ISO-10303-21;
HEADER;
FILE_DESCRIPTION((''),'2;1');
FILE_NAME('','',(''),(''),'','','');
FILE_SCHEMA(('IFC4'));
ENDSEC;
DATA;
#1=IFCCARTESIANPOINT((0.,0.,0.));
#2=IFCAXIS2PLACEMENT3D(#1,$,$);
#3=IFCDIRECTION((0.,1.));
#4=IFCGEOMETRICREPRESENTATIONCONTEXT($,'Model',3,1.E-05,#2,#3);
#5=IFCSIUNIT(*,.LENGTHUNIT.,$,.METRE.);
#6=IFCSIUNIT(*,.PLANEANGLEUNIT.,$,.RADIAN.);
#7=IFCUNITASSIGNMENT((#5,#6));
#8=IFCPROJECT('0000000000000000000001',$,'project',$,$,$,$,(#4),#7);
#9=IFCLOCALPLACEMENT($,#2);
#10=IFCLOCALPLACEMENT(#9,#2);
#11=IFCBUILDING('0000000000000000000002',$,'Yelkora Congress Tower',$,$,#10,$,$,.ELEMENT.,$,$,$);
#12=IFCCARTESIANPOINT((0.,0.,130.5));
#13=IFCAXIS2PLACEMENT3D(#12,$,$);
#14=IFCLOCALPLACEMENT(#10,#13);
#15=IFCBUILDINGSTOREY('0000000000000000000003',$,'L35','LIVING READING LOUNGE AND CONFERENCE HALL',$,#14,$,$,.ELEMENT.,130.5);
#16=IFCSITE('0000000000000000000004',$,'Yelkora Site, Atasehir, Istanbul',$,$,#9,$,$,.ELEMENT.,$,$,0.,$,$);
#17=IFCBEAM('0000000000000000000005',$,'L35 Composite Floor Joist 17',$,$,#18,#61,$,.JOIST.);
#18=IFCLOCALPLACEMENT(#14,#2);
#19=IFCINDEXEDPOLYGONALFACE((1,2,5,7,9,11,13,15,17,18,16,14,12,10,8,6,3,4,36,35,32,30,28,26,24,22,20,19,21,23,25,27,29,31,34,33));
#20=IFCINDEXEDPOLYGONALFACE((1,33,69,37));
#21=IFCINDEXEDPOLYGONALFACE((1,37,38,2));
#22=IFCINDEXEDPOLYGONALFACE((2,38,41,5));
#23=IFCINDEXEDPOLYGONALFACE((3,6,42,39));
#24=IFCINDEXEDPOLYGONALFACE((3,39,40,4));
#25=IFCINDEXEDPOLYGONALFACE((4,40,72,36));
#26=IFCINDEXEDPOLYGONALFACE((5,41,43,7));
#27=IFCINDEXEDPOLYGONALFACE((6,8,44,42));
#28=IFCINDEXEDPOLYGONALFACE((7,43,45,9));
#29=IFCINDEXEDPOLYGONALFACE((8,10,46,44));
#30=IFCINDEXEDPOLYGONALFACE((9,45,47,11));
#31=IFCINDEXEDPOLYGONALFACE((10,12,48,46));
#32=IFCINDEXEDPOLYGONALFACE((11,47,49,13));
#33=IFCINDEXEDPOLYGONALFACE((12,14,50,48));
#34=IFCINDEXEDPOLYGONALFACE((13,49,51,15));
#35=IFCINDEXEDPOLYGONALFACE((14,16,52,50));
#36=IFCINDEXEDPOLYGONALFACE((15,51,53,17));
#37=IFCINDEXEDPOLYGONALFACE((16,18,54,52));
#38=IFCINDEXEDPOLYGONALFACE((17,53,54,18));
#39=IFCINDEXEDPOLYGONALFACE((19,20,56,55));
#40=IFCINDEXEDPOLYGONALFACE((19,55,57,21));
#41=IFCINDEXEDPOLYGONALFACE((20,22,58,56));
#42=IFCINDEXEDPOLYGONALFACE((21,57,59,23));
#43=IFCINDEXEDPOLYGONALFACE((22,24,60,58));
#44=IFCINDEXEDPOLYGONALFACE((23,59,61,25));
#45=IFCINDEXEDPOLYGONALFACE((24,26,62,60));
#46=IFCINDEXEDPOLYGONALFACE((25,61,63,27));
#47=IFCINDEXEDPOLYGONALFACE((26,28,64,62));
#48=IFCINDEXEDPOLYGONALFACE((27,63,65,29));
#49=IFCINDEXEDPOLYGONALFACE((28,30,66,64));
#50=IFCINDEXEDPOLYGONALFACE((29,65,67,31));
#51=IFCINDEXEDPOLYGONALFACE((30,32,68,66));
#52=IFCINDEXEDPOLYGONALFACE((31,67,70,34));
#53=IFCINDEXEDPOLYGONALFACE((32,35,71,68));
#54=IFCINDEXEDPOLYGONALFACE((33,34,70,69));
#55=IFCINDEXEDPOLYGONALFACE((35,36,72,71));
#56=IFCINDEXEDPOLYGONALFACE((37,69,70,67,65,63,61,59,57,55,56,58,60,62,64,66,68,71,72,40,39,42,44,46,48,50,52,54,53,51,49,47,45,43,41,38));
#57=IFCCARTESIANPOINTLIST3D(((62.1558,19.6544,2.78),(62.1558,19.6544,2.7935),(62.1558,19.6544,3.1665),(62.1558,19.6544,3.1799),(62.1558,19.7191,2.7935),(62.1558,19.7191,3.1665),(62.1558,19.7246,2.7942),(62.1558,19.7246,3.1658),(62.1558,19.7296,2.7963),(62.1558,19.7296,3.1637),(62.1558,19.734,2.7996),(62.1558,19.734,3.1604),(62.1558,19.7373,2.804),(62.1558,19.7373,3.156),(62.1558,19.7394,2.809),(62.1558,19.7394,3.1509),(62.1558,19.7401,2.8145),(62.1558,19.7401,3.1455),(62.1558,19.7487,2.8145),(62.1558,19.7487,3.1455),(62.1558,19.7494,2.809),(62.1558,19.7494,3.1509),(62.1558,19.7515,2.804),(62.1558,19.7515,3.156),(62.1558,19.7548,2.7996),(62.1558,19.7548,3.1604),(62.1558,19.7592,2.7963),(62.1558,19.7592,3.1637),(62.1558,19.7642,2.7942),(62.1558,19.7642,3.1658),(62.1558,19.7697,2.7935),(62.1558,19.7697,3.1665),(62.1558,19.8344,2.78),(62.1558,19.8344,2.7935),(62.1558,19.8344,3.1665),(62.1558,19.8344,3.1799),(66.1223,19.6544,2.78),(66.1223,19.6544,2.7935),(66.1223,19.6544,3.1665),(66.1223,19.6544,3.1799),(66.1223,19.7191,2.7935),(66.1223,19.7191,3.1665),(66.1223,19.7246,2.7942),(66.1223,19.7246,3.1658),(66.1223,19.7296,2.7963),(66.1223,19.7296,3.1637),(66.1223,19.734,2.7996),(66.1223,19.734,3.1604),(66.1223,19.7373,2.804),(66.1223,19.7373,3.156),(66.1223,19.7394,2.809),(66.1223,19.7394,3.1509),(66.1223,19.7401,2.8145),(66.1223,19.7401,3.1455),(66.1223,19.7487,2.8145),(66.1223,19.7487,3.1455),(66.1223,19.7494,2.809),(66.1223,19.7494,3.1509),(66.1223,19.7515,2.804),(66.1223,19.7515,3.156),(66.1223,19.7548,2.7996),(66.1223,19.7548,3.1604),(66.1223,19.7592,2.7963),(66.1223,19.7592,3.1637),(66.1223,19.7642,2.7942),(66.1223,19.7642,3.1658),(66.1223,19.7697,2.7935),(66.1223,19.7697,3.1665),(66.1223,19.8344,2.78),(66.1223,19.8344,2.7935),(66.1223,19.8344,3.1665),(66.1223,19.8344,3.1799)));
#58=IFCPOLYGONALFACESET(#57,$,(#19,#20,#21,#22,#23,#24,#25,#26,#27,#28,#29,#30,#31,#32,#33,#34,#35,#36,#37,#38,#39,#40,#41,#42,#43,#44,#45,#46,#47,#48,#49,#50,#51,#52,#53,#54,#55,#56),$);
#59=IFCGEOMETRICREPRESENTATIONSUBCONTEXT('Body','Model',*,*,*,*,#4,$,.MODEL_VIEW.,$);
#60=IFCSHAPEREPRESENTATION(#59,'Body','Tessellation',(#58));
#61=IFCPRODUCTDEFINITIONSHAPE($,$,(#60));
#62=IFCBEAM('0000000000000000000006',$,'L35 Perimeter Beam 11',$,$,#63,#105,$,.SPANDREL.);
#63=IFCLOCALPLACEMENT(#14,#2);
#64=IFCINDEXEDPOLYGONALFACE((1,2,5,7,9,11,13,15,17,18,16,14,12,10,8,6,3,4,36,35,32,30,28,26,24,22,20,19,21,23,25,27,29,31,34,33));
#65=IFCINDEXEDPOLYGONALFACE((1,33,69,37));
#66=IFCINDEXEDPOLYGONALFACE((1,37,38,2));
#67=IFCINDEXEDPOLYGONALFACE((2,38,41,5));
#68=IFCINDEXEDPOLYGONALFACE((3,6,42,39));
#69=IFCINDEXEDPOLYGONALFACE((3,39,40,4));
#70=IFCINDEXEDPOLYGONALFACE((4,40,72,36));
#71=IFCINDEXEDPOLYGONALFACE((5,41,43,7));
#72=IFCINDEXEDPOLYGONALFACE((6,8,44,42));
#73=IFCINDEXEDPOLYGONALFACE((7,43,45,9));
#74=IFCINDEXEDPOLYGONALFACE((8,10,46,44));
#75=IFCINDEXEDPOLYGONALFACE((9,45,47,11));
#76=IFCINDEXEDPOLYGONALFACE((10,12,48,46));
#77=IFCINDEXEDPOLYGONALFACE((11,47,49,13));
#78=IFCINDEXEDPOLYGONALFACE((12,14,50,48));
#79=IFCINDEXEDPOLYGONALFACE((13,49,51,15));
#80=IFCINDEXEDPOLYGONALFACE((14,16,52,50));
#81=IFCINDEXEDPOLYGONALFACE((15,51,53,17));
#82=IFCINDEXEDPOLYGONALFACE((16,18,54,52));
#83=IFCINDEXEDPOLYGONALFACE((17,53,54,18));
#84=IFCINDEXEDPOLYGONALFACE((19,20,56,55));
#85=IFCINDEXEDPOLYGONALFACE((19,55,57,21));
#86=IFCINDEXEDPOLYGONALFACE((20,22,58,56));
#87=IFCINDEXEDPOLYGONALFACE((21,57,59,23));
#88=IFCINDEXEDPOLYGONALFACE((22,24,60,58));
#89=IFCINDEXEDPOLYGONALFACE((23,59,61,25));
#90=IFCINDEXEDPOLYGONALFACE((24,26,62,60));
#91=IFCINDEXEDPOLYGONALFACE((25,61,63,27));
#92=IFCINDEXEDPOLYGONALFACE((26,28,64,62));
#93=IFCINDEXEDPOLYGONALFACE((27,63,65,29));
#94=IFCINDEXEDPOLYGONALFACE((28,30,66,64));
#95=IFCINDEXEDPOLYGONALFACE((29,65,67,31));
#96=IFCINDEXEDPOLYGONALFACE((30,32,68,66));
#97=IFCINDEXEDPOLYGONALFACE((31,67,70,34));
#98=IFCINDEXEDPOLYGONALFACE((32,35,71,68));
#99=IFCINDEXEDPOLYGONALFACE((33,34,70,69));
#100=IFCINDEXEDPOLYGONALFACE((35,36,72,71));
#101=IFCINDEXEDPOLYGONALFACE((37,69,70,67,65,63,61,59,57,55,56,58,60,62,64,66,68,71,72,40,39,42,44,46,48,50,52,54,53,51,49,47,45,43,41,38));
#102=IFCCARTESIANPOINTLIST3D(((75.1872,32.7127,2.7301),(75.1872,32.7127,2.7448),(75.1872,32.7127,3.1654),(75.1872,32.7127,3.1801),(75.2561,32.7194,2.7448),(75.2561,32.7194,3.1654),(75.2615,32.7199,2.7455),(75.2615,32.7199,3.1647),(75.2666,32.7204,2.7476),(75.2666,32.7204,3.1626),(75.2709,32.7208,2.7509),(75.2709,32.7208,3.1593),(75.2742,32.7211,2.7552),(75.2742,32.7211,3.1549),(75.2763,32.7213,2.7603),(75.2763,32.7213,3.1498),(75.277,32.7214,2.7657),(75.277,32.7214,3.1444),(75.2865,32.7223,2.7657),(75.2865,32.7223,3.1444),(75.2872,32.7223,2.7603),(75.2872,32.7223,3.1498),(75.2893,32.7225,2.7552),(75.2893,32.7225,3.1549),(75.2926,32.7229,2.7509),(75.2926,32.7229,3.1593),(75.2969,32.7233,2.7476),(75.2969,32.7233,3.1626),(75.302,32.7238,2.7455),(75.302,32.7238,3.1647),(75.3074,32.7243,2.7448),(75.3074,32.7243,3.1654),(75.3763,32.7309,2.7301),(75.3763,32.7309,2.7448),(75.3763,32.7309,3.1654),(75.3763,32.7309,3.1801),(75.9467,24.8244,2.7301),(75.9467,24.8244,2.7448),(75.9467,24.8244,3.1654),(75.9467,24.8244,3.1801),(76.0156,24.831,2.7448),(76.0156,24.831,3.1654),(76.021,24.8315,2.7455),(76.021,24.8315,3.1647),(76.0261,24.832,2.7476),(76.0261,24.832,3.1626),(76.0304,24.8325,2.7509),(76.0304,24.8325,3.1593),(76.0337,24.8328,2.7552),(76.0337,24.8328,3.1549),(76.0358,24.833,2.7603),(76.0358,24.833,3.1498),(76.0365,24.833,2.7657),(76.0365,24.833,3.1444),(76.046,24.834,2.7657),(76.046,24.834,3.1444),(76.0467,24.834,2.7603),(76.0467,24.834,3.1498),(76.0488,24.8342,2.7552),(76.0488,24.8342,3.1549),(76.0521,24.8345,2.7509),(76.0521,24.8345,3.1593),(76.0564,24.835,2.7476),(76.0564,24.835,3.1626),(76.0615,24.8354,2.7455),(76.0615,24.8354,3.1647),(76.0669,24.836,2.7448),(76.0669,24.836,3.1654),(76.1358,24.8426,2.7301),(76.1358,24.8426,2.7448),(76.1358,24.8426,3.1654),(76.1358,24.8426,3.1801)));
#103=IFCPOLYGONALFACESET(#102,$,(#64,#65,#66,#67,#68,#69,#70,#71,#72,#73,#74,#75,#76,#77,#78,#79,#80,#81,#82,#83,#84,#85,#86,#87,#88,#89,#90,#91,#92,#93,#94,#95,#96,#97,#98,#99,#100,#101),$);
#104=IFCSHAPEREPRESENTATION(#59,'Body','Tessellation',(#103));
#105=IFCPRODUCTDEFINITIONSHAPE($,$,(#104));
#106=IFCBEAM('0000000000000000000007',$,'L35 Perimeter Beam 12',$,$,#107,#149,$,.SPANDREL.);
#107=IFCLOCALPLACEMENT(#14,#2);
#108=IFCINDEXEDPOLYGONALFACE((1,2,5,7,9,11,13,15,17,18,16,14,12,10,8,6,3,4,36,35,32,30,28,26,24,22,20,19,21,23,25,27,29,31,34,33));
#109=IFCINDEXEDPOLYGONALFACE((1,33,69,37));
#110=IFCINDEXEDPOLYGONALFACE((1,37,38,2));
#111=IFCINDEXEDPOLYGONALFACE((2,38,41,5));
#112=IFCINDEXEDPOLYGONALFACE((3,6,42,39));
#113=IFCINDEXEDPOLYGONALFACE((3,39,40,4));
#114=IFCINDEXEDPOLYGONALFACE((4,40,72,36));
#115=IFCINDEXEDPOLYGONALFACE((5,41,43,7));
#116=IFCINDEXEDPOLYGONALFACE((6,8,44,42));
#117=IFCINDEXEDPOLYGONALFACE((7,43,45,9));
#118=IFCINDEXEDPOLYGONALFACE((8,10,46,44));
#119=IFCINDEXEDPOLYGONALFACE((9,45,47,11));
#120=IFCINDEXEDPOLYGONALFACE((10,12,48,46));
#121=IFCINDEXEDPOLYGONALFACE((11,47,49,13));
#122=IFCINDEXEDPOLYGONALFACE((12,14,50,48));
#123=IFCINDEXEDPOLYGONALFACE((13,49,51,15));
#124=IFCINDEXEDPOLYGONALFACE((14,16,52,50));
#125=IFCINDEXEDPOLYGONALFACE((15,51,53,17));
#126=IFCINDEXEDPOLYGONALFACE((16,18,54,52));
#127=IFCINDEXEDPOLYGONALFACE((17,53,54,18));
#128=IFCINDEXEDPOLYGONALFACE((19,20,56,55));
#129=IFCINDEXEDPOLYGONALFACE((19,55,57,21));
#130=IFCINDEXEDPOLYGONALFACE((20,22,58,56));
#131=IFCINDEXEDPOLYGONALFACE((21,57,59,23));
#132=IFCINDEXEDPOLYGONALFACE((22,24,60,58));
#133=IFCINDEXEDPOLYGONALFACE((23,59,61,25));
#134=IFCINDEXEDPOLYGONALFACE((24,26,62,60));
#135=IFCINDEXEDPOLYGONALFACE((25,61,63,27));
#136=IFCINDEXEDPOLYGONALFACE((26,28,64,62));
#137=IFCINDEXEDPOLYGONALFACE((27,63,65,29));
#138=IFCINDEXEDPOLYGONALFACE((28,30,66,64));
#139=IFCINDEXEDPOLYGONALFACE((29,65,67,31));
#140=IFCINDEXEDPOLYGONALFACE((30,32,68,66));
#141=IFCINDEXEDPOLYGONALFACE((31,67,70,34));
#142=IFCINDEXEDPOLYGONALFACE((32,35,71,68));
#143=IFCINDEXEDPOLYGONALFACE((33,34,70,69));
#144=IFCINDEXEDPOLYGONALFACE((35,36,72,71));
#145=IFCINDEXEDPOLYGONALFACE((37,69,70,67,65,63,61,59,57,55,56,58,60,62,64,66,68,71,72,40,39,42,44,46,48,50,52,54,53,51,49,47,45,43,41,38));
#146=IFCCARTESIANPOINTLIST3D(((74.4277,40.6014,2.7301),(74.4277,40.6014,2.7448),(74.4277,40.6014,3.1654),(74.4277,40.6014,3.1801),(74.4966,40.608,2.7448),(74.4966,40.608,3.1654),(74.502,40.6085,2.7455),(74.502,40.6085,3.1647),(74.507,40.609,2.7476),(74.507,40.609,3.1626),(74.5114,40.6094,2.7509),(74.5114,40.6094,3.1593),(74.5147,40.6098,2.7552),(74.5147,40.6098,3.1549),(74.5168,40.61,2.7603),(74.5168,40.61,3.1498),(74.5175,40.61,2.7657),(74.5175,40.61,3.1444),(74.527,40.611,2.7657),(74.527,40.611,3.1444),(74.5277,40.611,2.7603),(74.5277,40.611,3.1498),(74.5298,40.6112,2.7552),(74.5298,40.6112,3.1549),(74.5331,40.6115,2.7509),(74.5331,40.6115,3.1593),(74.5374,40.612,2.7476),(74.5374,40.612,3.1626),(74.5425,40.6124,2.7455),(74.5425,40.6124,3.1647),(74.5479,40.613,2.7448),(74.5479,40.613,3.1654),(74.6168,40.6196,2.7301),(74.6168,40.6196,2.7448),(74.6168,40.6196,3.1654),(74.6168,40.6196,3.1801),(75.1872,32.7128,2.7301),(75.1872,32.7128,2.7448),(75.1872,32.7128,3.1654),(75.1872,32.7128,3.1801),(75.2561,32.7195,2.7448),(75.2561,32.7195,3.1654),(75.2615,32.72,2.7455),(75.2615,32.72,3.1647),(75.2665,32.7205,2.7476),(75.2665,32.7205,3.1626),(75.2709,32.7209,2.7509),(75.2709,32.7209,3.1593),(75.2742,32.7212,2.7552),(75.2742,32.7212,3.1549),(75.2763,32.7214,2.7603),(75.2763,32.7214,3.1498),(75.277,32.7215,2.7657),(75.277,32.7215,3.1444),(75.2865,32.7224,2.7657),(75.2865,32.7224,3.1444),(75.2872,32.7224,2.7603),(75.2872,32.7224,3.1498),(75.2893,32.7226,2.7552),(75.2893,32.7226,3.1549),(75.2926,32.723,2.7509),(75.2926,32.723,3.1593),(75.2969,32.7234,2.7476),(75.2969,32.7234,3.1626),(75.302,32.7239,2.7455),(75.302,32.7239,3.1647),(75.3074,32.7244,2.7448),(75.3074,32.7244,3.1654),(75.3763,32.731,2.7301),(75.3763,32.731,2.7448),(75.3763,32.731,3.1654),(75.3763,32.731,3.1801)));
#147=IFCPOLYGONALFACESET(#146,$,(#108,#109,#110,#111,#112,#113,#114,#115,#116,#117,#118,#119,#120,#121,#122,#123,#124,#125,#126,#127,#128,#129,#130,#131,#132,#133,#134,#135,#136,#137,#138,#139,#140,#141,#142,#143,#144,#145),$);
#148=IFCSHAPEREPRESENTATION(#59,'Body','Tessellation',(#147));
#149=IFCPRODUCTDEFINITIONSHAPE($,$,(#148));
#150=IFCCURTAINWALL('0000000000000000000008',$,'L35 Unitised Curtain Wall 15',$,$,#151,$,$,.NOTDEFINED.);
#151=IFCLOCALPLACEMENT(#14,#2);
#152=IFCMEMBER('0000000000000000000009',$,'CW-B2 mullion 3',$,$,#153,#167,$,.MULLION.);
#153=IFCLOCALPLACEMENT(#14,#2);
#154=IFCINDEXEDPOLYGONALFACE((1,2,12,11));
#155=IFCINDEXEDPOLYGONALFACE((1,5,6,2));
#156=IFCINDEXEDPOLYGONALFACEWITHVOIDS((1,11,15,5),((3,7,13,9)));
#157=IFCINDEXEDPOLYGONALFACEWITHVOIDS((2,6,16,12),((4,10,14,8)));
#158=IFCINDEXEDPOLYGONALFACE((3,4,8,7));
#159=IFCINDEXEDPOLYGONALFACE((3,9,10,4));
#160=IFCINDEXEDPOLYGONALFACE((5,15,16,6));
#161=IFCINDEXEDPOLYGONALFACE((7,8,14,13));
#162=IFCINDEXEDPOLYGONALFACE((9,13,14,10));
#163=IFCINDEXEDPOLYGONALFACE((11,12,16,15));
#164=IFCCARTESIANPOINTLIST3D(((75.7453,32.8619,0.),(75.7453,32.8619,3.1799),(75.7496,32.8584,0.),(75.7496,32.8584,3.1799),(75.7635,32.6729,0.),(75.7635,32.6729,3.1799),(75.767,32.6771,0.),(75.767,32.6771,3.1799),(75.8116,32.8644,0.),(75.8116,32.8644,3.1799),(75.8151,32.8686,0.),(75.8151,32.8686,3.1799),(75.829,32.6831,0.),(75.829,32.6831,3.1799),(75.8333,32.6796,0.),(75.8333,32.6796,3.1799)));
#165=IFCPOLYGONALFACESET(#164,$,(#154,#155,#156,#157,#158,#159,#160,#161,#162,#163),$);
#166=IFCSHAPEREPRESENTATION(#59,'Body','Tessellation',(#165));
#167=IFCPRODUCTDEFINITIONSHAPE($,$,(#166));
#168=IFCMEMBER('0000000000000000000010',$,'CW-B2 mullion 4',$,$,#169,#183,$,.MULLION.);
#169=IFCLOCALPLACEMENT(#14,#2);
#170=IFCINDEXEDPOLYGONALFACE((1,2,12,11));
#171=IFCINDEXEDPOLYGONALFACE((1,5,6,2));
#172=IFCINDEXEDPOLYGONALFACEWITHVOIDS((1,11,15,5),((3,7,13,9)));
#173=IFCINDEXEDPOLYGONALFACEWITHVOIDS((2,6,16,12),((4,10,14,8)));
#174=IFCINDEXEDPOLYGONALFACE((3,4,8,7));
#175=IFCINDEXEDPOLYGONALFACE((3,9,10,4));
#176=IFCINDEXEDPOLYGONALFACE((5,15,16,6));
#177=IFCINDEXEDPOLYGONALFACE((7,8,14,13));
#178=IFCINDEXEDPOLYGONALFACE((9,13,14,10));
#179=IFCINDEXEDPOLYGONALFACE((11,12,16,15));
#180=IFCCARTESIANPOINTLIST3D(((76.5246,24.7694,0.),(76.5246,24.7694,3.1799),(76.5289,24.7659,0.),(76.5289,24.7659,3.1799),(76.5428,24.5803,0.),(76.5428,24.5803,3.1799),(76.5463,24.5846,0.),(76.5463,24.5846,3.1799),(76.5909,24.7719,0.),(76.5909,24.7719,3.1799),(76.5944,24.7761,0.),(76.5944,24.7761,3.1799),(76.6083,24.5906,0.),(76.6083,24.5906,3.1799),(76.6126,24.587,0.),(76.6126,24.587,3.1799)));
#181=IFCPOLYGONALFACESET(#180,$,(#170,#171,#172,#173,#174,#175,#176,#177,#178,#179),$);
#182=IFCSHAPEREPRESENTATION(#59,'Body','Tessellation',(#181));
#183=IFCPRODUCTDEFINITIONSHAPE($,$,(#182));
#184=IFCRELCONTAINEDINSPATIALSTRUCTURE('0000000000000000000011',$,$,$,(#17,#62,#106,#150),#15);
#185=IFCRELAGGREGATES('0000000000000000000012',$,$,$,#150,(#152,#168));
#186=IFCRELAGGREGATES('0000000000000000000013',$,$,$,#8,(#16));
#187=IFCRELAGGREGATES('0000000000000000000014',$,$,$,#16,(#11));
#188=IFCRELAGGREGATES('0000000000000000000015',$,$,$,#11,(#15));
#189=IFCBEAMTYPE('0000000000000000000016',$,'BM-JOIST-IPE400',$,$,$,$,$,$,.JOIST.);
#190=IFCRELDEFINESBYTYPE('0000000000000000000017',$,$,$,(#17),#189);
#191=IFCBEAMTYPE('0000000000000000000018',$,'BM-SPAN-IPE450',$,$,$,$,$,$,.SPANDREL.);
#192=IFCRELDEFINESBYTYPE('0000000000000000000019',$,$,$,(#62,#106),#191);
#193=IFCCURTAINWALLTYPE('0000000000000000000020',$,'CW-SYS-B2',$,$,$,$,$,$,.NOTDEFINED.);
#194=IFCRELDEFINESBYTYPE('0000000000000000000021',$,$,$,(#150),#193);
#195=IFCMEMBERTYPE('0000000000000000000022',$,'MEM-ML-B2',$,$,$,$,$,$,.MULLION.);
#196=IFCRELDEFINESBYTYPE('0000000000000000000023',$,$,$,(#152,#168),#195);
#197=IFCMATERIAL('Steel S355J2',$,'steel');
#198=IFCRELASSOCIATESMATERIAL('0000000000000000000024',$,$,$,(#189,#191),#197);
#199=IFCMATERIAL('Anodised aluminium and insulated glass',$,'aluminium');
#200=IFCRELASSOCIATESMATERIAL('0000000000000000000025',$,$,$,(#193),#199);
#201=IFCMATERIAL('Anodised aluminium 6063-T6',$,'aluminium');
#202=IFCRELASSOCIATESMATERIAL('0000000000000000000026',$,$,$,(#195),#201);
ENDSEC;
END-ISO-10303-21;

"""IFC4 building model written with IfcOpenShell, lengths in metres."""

from ifc_helpers import new_model, si_unit, direction, frame, origin, origin_2d, place, context, subcontext, project, spatial, hollow_rectangle, i_section, extrude, material, material_profile, profile_set, type_object, element, aggregate, save


model = new_model("IFC4")

# Units and contexts
model_context = context("Model", 3, precision=1e-05, world=origin(), true_north=direction((0.0, 1.0)))
body_context = subcontext(model_context, "Body", "Model", "MODEL_VIEW")
ifc_project = project(units=[si_unit("LENGTHUNIT", "METRE"), si_unit("PLANEANGLEUNIT", "RADIAN")], contexts=[model_context])

# Site, building, storey
site_placement = place(None, origin())
site = spatial("IfcSite", under=ifc_project, at=site_placement, Name="Yelkora Site, Atasehir, Istanbul", CompositionType="ELEMENT", RefElevation=0.0)
building_placement = place(site_placement, origin())
building = spatial("IfcBuilding", under=site, at=building_placement, Name="Yelkora Congress Tower", CompositionType="ELEMENT")
storey_placement = place(building_placement, frame((0.0, 0.0, 130.5)))
storey = spatial("IfcBuildingStorey", under=building, at=storey_placement, Name="L35", Description="LIVING READING LOUNGE AND CONFERENCE HALL", CompositionType="ELEMENT", Elevation=130.5)

# Beams
ifc_material_1 = material(Name="Steel S355J2", Category="steel")
ifc_material_profile_1 = material_profile(ifc_material_1, i_section(OverallWidth=0.1799, OverallDepth=0.3999, WebThickness=0.0085, FlangeThickness=0.0134, FilletRadius=0.021, at=origin_2d()), Name="IPE 400")
ifc_profile_set_1 = profile_set([ifc_material_profile_1], Name="Steel S355J2")
beam_type_1 = type_object("IfcBeamType", Name="BM-JOIST-IPE400", PredefinedType="JOIST", material=ifc_profile_set_1)
beam_1_placement = place(storey_placement, frame((62.1558, 19.7444, 2.98), z_axis=(1.0, 0.0, 0.0), x_axis=(0.0, 1.0, 0.0)))
element("IfcBeam", 1, at=beam_1_placement, inside=storey, type_object=beam_type_1, Name="L35 Composite Floor Joist 17", PredefinedType="JOIST", context=body_context, shape_type="SweptSolid", body=[
    extrude(i_section(OverallWidth=0.1799, OverallDepth=0.3999, WebThickness=0.0085, FlangeThickness=0.0134, FilletRadius=0.021, at=origin_2d()), origin(), (0.0, 0.0, 1.0), 3.9666),
])
ifc_material_profile_2 = material_profile(ifc_material_1, i_section(OverallWidth=0.1899, OverallDepth=0.45, WebThickness=0.0095, FlangeThickness=0.0146, FilletRadius=0.021, at=origin_2d()), Name="IPE 450")
ifc_profile_set_2 = profile_set([ifc_material_profile_2], Name="Steel S355J2")
beam_type_2 = type_object("IfcBeamType", Name="BM-SPAN-IPE450", PredefinedType="SPANDREL", material=ifc_profile_set_2)
beam_2_placement = place(storey_placement, frame((76.0413, 24.8335, 2.9551), z_axis=(-0.09584, 0.995397, 0.0), x_axis=(-0.995397, -0.09584, 0.0)))
element("IfcBeam", 2, at=beam_2_placement, inside=storey, type_object=beam_type_2, Name="L35 Perimeter Beam 11", PredefinedType="SPANDREL", context=body_context, shape_type="SweptSolid", body=[
    extrude(i_section(OverallWidth=0.1899, OverallDepth=0.45, WebThickness=0.0095, FlangeThickness=0.0146, FilletRadius=0.021, at=origin_2d()), origin(), (0.0, 0.0, 1.0), 7.9248),
])
beam_3_placement = place(storey_placement, frame((75.2817, 32.7219, 2.9551), z_axis=(-0.095837, 0.995397, 0.0), x_axis=(-0.995397, -0.095837, 0.0)))
element("IfcBeam", 3, at=beam_3_placement, inside=storey, type_object=beam_type_2, Name="L35 Perimeter Beam 12", PredefinedType="SPANDREL", context=body_context, shape_type="SweptSolid", body=[
    extrude(i_section(OverallWidth=0.1899, OverallDepth=0.45, WebThickness=0.0095, FlangeThickness=0.0146, FilletRadius=0.021, at=origin_2d()), origin(), (0.0, 0.0, 1.0), 7.925),
])

# Curtain wall, members
ifc_material_2 = material(Name="Anodised aluminium and insulated glass", Category="aluminium")
curtain_wall_type = type_object("IfcCurtainWallType", Name="CW-SYS-B2", PredefinedType="NOTDEFINED", material=ifc_material_2)
curtain_wall_placement = place(storey_placement, origin())
curtain_wall = element("IfcCurtainWall", 4, at=curtain_wall_placement, inside=storey, type_object=curtain_wall_type, Name="L35 Unitised Curtain Wall 15", PredefinedType="NOTDEFINED")
ifc_material_3 = material(Name="Anodised aluminium 6063-T6", Category="aluminium")
ifc_material_profile_3 = material_profile(ifc_material_3, hollow_rectangle(XDim=0.0701, YDim=0.1899, WallThickness=0.0039, at=origin_2d()), Name="ALU 70x190x4")
ifc_profile_set_3 = profile_set([ifc_material_profile_3], Name="Anodised aluminium 6063-T6")
member_type_1 = type_object("IfcMemberType", Name="MEM-ML-B2", PredefinedType="MULLION", material=ifc_profile_set_3)
member_1_placement = place(storey_placement, frame((75.7893, 32.7708, 0.0), z_axis=(0.0, 0.0, 1.0), x_axis=(0.995397, 0.095843, 0.0)))
member_1 = element("IfcMember", 5, at=member_1_placement, type_object=member_type_1, Name="CW-B2 mullion 3", PredefinedType="MULLION", context=body_context, shape_type="SweptSolid", body=[
    extrude(hollow_rectangle(XDim=0.0701, YDim=0.1899, WallThickness=0.0039, at=origin_2d()), origin(), (0.0, 0.0, 1.0), 3.1799),
])
member_2_placement = place(storey_placement, frame((76.5686, 24.6782, 0.0), z_axis=(0.0, 0.0, 1.0), x_axis=(0.995397, 0.095843, 0.0)))
member_2 = element("IfcMember", 6, at=member_2_placement, type_object=member_type_1, Name="CW-B2 mullion 4", PredefinedType="MULLION", context=body_context, shape_type="SweptSolid", body=[
    extrude(hollow_rectangle(XDim=0.0701, YDim=0.1899, WallThickness=0.0039, at=origin_2d()), origin(), (0.0, 0.0, 1.0), 3.1799),
])
aggregate(curtain_wall, [member_1, member_2])

save(model, "model.ifc")
